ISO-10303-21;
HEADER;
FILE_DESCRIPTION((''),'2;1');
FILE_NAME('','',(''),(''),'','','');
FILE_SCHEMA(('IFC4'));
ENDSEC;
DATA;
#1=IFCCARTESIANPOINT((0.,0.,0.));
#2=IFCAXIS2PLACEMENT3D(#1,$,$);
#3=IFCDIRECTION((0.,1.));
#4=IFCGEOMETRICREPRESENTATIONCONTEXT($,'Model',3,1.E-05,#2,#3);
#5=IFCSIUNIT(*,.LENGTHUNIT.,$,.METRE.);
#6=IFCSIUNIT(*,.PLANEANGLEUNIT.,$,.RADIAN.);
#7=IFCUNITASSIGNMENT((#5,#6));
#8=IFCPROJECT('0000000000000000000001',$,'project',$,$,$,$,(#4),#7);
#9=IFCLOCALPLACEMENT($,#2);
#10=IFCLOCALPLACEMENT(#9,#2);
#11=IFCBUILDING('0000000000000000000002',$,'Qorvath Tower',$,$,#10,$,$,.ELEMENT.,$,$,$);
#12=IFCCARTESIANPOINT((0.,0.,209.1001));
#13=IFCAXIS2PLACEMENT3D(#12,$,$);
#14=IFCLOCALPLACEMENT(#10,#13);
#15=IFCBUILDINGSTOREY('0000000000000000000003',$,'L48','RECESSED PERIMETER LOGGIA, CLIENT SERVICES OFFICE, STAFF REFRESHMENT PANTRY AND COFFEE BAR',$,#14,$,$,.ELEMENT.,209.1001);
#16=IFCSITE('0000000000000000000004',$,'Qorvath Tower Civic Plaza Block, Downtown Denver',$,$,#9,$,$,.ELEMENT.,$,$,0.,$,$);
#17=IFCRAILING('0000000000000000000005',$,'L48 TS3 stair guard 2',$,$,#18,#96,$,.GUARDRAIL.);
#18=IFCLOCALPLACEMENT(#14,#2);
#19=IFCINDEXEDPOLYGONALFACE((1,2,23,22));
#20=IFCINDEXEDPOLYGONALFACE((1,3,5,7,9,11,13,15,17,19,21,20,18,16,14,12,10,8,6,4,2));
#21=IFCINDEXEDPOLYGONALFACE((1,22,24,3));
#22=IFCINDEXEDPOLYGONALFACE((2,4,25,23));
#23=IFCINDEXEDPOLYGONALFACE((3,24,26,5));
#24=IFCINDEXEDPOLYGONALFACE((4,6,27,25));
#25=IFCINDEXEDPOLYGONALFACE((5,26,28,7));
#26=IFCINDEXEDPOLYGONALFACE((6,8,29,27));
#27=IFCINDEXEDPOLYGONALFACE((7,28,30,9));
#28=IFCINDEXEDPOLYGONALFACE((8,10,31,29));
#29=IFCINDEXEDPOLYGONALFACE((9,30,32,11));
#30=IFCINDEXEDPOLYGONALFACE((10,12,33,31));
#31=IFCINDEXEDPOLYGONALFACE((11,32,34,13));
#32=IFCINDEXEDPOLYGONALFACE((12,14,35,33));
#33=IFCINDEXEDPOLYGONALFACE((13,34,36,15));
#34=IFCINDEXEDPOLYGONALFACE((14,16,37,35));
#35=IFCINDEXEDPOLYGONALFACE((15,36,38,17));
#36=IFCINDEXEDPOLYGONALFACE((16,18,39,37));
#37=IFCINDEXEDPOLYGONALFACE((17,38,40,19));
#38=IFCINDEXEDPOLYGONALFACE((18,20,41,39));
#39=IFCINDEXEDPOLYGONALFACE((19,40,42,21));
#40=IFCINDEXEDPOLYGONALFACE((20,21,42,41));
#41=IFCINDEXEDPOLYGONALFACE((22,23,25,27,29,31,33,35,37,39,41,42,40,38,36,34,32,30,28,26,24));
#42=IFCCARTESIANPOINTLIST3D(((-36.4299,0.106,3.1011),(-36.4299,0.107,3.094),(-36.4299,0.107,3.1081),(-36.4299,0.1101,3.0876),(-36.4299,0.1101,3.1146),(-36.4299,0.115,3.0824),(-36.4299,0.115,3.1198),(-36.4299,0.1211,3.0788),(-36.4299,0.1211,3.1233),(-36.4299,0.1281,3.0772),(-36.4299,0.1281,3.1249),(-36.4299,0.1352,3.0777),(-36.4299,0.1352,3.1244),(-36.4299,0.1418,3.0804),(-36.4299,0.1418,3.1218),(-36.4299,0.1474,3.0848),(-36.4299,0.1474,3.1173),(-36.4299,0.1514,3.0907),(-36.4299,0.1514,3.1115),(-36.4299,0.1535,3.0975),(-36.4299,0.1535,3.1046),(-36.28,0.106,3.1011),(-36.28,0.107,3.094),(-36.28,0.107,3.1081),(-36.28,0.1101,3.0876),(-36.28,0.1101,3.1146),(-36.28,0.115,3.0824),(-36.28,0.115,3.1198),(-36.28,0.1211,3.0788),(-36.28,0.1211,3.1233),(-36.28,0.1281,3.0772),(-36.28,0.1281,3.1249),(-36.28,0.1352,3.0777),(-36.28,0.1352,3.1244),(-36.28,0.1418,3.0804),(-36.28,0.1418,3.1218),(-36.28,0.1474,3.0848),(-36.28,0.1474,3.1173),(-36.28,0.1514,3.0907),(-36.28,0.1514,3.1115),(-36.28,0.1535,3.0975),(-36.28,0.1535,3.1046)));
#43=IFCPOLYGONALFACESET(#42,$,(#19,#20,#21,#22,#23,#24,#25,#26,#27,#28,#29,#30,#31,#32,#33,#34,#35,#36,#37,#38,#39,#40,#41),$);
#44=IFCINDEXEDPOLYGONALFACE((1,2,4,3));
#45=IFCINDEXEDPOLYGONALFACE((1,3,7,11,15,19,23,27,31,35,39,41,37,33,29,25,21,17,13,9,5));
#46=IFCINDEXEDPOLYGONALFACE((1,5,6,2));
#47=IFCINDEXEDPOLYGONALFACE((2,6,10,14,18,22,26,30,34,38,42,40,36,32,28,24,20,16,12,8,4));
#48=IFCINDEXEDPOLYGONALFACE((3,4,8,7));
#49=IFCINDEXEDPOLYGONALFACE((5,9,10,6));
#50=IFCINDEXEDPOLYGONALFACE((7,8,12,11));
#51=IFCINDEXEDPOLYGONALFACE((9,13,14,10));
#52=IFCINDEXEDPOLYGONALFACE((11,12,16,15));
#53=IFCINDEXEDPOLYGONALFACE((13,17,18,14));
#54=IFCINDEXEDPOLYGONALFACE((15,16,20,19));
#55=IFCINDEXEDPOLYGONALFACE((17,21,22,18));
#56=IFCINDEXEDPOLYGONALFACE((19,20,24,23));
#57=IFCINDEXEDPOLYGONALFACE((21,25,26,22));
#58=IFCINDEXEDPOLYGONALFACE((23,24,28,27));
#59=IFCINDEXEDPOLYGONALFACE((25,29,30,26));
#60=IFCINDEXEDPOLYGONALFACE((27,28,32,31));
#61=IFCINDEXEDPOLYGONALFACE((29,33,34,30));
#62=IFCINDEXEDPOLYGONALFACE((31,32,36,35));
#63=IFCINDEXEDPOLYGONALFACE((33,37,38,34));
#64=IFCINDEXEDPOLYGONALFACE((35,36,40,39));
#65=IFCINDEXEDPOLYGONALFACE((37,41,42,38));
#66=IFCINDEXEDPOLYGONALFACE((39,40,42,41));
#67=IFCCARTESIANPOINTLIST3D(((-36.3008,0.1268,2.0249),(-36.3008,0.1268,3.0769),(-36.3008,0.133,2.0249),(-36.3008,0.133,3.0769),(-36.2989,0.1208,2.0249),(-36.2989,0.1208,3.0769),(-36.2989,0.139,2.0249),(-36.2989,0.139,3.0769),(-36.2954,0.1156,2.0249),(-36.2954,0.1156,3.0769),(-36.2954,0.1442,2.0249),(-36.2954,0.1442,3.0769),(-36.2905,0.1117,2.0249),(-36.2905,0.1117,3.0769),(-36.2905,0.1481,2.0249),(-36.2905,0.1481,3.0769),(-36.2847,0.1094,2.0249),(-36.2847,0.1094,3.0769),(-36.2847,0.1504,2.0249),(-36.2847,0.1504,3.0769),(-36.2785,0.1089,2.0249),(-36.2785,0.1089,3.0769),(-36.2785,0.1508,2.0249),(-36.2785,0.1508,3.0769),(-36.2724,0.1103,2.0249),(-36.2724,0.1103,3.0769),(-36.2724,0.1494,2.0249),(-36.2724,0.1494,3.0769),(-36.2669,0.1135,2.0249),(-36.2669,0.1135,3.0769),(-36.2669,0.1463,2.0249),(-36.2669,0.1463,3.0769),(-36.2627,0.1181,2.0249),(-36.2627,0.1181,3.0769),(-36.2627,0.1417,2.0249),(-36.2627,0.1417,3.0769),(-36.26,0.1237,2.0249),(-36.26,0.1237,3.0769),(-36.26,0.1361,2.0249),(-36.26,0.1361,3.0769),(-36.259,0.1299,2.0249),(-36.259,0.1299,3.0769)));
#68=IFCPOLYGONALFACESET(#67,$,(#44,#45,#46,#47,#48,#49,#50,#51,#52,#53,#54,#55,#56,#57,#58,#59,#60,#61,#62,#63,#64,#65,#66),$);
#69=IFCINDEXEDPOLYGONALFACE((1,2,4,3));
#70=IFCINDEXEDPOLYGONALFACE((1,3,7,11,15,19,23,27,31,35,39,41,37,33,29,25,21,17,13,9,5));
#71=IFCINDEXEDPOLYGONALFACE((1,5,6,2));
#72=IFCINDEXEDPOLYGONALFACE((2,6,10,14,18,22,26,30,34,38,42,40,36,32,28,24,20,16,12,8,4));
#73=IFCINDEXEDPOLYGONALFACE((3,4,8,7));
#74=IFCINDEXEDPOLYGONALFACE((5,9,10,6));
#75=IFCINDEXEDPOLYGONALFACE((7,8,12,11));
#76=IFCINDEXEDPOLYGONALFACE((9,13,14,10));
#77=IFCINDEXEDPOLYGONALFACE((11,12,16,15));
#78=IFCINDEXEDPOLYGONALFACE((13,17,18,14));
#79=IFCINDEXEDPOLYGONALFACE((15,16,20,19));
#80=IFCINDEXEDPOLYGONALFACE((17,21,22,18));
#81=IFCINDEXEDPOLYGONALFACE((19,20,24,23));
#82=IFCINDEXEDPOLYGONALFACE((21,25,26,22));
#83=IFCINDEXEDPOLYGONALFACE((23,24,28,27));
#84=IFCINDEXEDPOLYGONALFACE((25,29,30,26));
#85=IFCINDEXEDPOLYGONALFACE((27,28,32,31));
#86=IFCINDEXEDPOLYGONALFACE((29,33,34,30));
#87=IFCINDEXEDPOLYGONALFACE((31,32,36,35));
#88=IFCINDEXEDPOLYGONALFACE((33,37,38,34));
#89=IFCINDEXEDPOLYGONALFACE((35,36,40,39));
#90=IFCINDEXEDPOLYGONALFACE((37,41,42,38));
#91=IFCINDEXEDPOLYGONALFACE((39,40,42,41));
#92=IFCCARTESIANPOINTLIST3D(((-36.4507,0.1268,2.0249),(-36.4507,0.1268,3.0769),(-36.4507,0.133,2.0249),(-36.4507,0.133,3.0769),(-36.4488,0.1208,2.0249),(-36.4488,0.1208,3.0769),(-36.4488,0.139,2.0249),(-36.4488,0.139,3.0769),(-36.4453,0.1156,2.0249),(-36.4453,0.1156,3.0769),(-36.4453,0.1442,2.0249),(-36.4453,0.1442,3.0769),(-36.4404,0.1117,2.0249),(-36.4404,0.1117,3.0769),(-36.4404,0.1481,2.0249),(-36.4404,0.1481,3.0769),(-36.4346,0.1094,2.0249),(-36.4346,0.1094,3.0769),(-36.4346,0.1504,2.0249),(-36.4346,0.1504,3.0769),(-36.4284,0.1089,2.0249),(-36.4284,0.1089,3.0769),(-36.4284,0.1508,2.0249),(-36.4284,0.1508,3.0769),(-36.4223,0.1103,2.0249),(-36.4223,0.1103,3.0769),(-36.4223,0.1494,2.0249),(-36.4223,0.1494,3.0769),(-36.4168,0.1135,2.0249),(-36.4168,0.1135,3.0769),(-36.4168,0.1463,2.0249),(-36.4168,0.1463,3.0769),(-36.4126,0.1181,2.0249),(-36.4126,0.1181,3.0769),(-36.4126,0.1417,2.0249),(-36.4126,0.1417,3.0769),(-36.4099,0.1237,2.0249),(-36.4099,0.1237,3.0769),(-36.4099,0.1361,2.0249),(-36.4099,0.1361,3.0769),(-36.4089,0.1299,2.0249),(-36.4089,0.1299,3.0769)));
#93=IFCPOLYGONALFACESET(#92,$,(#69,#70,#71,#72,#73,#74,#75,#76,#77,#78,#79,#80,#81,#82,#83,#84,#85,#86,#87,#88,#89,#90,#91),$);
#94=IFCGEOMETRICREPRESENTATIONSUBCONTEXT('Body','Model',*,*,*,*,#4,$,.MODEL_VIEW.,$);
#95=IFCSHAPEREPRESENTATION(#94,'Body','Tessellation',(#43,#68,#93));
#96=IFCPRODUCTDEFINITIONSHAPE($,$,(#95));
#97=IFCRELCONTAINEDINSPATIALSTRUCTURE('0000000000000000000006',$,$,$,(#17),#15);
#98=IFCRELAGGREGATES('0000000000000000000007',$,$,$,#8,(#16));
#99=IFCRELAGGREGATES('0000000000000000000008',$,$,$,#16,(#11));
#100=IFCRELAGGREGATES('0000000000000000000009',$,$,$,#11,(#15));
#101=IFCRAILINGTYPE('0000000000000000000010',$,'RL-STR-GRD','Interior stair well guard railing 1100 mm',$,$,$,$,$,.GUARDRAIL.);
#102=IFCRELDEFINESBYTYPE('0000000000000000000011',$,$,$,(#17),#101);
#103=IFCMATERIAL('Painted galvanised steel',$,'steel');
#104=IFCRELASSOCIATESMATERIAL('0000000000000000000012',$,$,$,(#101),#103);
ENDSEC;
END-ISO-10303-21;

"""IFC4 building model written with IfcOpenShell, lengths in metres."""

from ifc_helpers import new_model, si_unit, direction, frame, origin, origin_2d, place, context, subcontext, project, spatial, circle, extrude, material, type_object, element, save


model = new_model("IFC4")

# Units and contexts
model_context = context("Model", 3, precision=1e-05, world=origin(), true_north=direction((0.0, 1.0)))
body_context = subcontext(model_context, "Body", "Model", "MODEL_VIEW")
ifc_project = project(units=[si_unit("LENGTHUNIT", "METRE"), si_unit("PLANEANGLEUNIT", "RADIAN")], contexts=[model_context])

# Site, building, storey
site_placement = place(None, origin())
site = spatial("IfcSite", under=ifc_project, at=site_placement, Name="Qorvath Tower Civic Plaza Block, Downtown Denver", CompositionType="ELEMENT", RefElevation=0.0)
building_placement = place(site_placement, origin())
building = spatial("IfcBuilding", under=site, at=building_placement, Name="Qorvath Tower", CompositionType="ELEMENT")
storey_placement = place(building_placement, frame((0.0, 0.0, 209.1001)))
storey = spatial("IfcBuildingStorey", under=building, at=storey_placement, Name="L48", Description="RECESSED PERIMETER LOGGIA, CLIENT SERVICES OFFICE, STAFF REFRESHMENT PANTRY AND COFFEE BAR", CompositionType="ELEMENT", Elevation=209.1001)

# Railing
ifc_material_1 = material(Name="Painted galvanised steel", Category="steel")
railing_type = type_object("IfcRailingType", Name="RL-STR-GRD", Description="Interior stair well guard railing 1100 mm", PredefinedType="GUARDRAIL", material=ifc_material_1)
railing_1_placement = place(storey_placement, frame((-36.28, 0.1299, 2.0249)))
element("IfcRailing", 1, at=railing_1_placement, inside=storey, type_object=railing_type, Name="L48 TS3 stair guard 2", PredefinedType="GUARDRAIL", context=body_context, shape_type="SweptSolid", body=[
    extrude(circle(Radius=0.0239, at=origin_2d()), frame((0.0, 0.0, 1.0762), z_axis=(-1.0, 0.0, 0.0), x_axis=(0.0, -1.0, 0.0)), (0.0, 0.0, 1.0), 0.1499),
    extrude(circle(Radius=0.021, at=origin_2d()), origin(), (0.0, 0.0, 1.0), 1.052),
    extrude(circle(Radius=0.021, at=origin_2d()), frame((-0.1499, 0.0, 0.0)), (0.0, 0.0, 1.0), 1.052),
])

save(model, "model.ifc")
